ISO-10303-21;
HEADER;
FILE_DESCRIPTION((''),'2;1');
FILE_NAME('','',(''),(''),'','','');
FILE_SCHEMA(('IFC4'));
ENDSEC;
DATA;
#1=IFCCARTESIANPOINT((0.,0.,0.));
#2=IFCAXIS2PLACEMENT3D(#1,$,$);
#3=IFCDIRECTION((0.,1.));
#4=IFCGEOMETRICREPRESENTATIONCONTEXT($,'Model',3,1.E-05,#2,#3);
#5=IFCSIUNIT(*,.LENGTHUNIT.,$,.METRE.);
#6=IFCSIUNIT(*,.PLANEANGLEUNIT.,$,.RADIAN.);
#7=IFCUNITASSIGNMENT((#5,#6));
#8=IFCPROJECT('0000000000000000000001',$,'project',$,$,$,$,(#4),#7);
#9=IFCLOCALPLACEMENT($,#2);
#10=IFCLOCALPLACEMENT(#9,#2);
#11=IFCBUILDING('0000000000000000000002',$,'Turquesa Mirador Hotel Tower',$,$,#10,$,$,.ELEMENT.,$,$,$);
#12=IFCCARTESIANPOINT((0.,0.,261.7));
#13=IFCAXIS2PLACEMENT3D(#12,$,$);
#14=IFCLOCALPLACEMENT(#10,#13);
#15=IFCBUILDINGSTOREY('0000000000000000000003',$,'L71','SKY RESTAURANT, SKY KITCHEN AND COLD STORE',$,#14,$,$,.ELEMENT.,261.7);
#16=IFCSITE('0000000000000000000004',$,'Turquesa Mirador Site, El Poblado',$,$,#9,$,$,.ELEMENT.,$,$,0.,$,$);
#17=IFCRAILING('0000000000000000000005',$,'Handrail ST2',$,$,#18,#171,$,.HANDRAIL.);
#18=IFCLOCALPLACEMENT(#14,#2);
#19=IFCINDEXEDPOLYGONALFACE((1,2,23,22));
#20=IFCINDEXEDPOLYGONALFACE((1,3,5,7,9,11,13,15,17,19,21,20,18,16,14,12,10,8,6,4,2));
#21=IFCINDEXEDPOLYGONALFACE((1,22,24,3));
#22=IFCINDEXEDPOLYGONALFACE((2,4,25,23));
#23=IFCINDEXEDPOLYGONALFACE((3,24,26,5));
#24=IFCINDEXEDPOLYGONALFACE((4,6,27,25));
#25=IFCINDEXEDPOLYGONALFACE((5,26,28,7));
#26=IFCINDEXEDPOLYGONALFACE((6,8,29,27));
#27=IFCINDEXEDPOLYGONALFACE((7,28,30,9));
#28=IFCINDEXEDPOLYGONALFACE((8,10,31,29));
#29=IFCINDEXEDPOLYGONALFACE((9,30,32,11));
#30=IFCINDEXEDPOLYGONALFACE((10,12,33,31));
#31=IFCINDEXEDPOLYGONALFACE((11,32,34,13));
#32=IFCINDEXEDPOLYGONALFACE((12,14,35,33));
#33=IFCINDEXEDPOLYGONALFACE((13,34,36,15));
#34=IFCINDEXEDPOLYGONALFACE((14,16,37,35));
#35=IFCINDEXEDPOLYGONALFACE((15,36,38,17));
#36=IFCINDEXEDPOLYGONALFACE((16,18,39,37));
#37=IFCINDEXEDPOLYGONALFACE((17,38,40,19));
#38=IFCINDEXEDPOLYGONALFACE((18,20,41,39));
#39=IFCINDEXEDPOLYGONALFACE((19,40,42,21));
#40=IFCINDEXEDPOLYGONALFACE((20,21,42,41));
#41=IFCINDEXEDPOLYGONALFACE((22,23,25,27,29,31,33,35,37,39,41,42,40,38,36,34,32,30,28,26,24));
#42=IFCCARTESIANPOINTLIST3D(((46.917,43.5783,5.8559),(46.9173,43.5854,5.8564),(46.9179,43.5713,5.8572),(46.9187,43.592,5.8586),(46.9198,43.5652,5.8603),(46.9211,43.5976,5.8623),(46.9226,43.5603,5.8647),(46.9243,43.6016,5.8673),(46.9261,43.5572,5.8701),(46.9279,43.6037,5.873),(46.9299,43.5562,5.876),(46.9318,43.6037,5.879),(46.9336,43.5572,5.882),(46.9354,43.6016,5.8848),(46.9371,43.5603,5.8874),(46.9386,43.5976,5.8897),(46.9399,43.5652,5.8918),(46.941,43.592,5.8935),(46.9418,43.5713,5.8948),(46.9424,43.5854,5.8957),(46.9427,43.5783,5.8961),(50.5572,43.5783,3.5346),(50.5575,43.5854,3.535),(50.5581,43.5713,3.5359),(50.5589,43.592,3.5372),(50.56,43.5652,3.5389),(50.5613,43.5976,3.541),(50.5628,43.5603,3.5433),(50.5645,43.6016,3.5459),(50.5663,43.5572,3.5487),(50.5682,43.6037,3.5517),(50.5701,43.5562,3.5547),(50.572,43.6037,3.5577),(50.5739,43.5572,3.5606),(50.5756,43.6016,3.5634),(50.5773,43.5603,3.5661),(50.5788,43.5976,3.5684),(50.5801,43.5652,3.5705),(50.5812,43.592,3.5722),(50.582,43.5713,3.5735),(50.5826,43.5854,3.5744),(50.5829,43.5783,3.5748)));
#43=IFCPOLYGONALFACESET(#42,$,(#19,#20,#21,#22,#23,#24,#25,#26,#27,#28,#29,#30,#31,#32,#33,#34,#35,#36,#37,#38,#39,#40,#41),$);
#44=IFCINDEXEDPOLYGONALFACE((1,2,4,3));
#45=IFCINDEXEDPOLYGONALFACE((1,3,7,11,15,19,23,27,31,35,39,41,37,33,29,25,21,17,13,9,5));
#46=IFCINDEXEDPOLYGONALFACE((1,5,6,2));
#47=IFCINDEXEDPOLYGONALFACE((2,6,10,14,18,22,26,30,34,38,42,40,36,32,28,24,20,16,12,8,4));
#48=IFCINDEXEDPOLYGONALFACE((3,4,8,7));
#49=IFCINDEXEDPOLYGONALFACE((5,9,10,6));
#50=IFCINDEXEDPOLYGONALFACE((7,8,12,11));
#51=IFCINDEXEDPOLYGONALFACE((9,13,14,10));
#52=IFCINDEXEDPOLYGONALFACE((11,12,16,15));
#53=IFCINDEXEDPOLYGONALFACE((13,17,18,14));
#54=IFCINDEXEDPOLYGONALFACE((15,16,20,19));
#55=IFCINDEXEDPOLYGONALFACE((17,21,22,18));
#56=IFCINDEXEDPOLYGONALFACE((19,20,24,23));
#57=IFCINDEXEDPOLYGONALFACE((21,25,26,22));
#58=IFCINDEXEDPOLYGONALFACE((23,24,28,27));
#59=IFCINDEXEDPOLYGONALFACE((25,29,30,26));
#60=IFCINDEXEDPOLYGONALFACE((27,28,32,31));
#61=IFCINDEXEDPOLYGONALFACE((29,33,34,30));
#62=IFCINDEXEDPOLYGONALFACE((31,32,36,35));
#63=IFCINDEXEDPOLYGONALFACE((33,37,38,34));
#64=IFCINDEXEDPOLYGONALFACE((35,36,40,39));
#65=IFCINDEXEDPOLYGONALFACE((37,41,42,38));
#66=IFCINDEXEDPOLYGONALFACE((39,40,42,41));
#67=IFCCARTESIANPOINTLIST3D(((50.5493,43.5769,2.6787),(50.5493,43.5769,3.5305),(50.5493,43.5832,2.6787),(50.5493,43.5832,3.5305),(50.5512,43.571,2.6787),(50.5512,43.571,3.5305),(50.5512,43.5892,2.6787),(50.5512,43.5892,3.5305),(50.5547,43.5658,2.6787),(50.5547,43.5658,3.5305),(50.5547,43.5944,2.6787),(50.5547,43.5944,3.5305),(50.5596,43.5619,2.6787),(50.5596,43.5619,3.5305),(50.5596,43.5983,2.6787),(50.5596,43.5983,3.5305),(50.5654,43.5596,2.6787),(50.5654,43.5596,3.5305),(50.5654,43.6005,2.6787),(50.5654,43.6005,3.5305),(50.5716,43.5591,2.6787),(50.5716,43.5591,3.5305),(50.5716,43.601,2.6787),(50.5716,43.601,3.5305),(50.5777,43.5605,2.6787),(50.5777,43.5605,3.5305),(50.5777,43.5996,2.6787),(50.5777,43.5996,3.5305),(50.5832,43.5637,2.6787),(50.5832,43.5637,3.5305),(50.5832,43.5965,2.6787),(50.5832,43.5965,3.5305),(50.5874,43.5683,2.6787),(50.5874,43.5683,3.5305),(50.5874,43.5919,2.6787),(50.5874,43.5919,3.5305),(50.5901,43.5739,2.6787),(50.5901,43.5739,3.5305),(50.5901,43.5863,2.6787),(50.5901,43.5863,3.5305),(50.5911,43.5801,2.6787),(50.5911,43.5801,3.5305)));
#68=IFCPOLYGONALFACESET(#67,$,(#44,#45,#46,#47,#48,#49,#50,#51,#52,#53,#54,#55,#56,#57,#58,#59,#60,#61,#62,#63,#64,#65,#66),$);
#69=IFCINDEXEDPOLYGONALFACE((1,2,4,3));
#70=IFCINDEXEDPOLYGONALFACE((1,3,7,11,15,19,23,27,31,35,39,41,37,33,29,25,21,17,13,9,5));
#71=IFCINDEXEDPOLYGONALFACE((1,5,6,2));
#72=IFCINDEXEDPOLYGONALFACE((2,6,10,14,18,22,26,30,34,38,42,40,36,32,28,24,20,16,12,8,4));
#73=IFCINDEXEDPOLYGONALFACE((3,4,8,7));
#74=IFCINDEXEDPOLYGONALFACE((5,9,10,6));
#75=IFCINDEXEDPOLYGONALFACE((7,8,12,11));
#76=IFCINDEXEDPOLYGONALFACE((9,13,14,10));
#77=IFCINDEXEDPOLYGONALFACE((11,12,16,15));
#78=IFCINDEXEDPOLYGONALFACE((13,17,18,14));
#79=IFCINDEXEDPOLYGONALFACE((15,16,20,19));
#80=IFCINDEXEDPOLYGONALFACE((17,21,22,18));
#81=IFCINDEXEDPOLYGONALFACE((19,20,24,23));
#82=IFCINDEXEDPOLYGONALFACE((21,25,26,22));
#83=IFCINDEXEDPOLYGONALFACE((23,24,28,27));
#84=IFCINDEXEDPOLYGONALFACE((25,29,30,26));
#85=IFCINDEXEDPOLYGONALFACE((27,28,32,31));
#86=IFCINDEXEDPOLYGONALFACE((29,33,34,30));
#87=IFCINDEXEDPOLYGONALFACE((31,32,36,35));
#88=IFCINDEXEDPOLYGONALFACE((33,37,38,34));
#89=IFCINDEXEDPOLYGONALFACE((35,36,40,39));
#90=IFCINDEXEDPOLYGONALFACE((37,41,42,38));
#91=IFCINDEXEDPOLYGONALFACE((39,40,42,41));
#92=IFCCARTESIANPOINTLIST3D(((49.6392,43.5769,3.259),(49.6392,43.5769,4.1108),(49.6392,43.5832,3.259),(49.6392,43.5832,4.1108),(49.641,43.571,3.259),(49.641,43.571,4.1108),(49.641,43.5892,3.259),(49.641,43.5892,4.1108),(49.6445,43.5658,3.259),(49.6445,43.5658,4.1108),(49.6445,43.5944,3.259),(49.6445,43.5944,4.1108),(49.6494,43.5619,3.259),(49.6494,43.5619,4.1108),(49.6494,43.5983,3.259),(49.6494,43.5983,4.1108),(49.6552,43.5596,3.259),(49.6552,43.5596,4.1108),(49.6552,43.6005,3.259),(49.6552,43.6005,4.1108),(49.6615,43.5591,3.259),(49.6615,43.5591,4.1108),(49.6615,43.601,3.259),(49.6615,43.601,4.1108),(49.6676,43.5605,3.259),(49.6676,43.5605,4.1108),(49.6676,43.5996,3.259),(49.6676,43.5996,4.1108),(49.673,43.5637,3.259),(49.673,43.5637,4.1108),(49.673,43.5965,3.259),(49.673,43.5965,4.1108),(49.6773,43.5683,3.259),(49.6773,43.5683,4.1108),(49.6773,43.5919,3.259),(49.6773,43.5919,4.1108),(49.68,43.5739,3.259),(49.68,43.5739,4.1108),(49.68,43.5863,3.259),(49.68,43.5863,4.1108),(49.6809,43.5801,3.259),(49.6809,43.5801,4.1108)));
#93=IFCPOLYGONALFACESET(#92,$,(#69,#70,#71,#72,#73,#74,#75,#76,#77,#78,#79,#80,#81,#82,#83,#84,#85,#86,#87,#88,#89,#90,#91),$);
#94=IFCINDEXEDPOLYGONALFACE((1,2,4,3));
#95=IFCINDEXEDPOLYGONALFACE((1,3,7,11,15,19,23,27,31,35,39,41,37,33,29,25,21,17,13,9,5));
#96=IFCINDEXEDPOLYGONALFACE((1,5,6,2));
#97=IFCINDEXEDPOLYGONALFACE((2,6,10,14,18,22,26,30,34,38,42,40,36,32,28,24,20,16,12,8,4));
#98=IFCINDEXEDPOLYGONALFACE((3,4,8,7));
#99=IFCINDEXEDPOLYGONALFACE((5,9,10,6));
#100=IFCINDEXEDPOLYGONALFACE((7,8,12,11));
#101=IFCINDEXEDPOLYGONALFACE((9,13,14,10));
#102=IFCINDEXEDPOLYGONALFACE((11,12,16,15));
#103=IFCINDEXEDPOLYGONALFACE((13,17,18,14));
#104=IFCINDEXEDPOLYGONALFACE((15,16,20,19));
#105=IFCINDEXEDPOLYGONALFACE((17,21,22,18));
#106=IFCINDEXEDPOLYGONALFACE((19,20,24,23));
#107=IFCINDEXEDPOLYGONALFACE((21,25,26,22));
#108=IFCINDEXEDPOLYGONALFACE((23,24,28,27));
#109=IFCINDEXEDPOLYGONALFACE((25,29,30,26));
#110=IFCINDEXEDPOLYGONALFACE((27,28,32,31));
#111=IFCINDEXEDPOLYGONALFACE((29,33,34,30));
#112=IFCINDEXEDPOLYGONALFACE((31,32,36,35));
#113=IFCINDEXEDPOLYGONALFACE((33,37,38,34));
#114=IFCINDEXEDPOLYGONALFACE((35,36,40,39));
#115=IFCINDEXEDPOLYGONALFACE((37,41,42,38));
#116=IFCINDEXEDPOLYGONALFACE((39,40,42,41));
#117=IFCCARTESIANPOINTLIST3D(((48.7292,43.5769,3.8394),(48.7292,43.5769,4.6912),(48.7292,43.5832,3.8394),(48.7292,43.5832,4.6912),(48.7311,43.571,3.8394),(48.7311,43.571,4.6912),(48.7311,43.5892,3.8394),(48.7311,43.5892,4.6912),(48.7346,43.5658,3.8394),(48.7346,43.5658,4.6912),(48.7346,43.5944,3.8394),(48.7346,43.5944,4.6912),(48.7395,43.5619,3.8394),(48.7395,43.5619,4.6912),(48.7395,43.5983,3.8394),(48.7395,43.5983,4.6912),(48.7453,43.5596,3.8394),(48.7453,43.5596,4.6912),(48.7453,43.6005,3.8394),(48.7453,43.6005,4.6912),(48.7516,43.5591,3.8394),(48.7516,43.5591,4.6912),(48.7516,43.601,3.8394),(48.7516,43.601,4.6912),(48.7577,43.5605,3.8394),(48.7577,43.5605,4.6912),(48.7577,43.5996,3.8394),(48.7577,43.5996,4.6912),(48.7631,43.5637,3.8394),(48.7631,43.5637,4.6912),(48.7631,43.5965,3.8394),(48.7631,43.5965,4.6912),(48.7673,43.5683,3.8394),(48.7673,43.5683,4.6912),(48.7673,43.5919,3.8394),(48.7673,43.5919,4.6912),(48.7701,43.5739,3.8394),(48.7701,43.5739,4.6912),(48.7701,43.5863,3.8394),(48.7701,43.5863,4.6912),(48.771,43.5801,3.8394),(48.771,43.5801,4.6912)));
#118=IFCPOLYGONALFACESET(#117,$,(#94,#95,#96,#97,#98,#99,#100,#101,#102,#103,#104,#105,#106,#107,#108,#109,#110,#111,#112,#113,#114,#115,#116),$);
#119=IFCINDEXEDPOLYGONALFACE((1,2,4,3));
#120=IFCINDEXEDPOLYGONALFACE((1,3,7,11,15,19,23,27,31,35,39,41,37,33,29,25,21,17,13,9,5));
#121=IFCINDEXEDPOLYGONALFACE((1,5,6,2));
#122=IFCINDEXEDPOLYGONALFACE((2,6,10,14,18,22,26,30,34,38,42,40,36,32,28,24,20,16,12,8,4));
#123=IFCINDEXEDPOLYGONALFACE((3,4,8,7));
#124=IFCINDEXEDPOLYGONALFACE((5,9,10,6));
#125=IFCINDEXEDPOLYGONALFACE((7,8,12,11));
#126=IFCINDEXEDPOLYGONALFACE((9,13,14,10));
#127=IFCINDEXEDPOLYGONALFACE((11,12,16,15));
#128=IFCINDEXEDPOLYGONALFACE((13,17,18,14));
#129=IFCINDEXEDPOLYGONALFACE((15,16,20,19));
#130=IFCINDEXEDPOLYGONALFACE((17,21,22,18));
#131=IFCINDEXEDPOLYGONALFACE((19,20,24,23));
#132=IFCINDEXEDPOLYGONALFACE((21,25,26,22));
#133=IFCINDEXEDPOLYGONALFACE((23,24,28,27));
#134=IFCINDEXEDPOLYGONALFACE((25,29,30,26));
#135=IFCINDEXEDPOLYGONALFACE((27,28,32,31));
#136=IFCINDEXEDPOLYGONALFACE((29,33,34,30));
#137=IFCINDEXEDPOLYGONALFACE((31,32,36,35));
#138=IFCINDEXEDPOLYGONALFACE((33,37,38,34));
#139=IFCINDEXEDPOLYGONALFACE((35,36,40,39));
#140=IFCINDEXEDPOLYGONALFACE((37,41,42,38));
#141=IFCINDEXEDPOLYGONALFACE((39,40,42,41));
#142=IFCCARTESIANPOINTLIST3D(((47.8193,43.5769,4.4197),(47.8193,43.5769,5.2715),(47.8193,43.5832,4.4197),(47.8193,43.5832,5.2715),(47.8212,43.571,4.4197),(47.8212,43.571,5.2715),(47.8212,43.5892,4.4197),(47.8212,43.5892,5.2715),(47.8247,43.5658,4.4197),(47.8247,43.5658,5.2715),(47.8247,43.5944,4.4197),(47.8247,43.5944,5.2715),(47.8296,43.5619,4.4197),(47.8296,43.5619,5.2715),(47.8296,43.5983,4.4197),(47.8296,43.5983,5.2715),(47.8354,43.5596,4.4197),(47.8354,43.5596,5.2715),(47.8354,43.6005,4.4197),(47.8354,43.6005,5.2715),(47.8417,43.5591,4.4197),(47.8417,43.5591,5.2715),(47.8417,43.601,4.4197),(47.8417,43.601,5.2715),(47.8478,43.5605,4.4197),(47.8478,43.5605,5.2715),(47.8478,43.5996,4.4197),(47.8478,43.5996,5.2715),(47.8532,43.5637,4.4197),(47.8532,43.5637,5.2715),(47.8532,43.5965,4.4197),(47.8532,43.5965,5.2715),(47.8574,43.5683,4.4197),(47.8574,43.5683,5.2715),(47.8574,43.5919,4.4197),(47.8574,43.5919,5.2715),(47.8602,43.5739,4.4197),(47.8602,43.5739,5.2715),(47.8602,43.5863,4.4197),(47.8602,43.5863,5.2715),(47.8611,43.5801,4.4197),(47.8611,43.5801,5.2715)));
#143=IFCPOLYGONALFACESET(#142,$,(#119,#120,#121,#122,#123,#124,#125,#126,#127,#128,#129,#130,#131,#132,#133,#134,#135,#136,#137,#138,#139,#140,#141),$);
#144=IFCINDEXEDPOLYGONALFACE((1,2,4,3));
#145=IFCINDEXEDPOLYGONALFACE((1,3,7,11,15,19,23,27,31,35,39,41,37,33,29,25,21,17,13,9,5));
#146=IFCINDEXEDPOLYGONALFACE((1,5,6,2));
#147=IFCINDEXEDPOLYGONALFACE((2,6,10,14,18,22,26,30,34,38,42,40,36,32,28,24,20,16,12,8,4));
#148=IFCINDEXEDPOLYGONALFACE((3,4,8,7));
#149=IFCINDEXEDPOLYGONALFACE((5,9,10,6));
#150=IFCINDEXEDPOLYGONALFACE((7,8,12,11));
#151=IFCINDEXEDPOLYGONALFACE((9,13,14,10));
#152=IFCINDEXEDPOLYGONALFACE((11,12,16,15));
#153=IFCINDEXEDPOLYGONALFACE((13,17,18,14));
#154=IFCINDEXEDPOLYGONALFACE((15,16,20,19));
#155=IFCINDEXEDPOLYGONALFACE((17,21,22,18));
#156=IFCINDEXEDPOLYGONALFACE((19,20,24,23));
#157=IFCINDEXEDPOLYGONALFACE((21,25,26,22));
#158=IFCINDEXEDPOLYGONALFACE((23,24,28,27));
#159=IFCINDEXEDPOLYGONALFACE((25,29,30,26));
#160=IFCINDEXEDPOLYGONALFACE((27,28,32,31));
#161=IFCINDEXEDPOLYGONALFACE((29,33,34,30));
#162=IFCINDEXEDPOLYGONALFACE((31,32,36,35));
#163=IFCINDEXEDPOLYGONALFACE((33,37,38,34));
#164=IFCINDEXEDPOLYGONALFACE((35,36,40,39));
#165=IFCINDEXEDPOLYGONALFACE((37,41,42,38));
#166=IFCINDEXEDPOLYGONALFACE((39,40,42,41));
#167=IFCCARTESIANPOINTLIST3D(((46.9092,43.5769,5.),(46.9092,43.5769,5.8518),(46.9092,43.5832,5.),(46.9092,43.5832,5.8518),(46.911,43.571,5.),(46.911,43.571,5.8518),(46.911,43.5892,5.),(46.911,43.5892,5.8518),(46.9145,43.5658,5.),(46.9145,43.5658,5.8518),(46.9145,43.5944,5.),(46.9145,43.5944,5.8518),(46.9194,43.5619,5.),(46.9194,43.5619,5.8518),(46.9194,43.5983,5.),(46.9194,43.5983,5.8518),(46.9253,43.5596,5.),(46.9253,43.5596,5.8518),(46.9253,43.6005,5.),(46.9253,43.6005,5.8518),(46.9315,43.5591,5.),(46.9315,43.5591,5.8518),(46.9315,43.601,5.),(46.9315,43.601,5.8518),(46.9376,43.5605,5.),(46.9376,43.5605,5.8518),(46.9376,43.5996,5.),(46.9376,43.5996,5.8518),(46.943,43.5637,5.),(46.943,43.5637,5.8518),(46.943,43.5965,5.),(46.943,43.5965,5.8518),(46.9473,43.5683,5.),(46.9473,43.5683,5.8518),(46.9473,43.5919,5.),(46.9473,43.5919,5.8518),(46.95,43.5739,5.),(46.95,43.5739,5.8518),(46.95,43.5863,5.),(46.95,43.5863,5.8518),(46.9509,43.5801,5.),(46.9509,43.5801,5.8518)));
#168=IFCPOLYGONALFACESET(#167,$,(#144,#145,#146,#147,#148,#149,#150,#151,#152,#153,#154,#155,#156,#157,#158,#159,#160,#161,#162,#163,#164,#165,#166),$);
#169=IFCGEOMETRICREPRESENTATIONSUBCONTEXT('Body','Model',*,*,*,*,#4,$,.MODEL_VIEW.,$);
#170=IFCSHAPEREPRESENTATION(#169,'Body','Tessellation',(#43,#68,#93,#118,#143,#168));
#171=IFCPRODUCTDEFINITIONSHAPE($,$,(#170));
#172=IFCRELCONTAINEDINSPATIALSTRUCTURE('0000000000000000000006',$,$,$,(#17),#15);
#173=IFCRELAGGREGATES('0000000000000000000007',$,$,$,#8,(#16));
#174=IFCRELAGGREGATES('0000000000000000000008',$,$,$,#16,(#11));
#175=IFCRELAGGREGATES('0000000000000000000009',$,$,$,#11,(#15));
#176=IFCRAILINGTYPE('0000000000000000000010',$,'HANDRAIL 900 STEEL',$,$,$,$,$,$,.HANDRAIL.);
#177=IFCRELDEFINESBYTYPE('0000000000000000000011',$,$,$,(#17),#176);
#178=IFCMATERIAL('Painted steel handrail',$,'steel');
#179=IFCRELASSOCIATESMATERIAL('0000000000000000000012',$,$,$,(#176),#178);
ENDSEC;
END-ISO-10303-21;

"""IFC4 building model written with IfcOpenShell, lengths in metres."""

from ifc_helpers import new_model, si_unit, direction, frame, origin, origin_2d, place, context, subcontext, project, spatial, circle, extrude, material, type_object, element, save


model = new_model("IFC4")

# Units and contexts
model_context = context("Model", 3, precision=1e-05, world=origin(), true_north=direction((0.0, 1.0)))
body_context = subcontext(model_context, "Body", "Model", "MODEL_VIEW")
ifc_project = project(units=[si_unit("LENGTHUNIT", "METRE"), si_unit("PLANEANGLEUNIT", "RADIAN")], contexts=[model_context])

# Site, building, storey
site_placement = place(None, origin())
site = spatial("IfcSite", under=ifc_project, at=site_placement, Name="Turquesa Mirador Site, El Poblado", CompositionType="ELEMENT", RefElevation=0.0)
building_placement = place(site_placement, origin())
building = spatial("IfcBuilding", under=site, at=building_placement, Name="Turquesa Mirador Hotel Tower", CompositionType="ELEMENT")
storey_placement = place(building_placement, frame((0.0, 0.0, 261.7)))
storey = spatial("IfcBuildingStorey", under=building, at=storey_placement, Name="L71", Description="SKY RESTAURANT, SKY KITCHEN AND COLD STORE", CompositionType="ELEMENT", Elevation=261.7)

# Railing
ifc_material_1 = material(Name="Painted steel handrail", Category="steel")
railing_type = type_object("IfcRailingType", Name="HANDRAIL 900 STEEL", PredefinedType="HANDRAIL", material=ifc_material_1)
railing_1_placement = place(storey_placement, frame((50.5701, 43.5801, 2.6787)))
element("IfcRailing", 1, at=railing_1_placement, inside=storey, type_object=railing_type, Name="Handrail ST2", PredefinedType="HANDRAIL", context=body_context, shape_type="SweptSolid", body=[
    extrude(circle(Radius=0.0239, at=origin_2d()), frame((0.0, 0.0, 0.876), z_axis=(-0.843153, 0.0, 0.537673), x_axis=(0.0, -1.0, 0.0)), (0.0, 0.0, 1.0), 4.3174),
    extrude(circle(Radius=0.021, at=origin_2d()), origin(), (0.0, 0.0, 1.0), 0.8518),
    extrude(circle(Radius=0.021, at=origin_2d()), frame((-0.9102, 0.0, 0.5803)), (0.0, 0.0, 1.0), 0.8518),
    extrude(circle(Radius=0.021, at=origin_2d()), frame((-1.8201, 0.0, 1.1606)), (0.0, 0.0, 1.0), 0.8518),
    extrude(circle(Radius=0.021, at=origin_2d()), frame((-2.73, 0.0, 1.741)), (0.0, 0.0, 1.0), 0.8518),
    extrude(circle(Radius=0.021, at=origin_2d()), frame((-3.6401, 0.0, 2.3213)), (0.0, 0.0, 1.0), 0.8518),
])

save(model, "model.ifc")
